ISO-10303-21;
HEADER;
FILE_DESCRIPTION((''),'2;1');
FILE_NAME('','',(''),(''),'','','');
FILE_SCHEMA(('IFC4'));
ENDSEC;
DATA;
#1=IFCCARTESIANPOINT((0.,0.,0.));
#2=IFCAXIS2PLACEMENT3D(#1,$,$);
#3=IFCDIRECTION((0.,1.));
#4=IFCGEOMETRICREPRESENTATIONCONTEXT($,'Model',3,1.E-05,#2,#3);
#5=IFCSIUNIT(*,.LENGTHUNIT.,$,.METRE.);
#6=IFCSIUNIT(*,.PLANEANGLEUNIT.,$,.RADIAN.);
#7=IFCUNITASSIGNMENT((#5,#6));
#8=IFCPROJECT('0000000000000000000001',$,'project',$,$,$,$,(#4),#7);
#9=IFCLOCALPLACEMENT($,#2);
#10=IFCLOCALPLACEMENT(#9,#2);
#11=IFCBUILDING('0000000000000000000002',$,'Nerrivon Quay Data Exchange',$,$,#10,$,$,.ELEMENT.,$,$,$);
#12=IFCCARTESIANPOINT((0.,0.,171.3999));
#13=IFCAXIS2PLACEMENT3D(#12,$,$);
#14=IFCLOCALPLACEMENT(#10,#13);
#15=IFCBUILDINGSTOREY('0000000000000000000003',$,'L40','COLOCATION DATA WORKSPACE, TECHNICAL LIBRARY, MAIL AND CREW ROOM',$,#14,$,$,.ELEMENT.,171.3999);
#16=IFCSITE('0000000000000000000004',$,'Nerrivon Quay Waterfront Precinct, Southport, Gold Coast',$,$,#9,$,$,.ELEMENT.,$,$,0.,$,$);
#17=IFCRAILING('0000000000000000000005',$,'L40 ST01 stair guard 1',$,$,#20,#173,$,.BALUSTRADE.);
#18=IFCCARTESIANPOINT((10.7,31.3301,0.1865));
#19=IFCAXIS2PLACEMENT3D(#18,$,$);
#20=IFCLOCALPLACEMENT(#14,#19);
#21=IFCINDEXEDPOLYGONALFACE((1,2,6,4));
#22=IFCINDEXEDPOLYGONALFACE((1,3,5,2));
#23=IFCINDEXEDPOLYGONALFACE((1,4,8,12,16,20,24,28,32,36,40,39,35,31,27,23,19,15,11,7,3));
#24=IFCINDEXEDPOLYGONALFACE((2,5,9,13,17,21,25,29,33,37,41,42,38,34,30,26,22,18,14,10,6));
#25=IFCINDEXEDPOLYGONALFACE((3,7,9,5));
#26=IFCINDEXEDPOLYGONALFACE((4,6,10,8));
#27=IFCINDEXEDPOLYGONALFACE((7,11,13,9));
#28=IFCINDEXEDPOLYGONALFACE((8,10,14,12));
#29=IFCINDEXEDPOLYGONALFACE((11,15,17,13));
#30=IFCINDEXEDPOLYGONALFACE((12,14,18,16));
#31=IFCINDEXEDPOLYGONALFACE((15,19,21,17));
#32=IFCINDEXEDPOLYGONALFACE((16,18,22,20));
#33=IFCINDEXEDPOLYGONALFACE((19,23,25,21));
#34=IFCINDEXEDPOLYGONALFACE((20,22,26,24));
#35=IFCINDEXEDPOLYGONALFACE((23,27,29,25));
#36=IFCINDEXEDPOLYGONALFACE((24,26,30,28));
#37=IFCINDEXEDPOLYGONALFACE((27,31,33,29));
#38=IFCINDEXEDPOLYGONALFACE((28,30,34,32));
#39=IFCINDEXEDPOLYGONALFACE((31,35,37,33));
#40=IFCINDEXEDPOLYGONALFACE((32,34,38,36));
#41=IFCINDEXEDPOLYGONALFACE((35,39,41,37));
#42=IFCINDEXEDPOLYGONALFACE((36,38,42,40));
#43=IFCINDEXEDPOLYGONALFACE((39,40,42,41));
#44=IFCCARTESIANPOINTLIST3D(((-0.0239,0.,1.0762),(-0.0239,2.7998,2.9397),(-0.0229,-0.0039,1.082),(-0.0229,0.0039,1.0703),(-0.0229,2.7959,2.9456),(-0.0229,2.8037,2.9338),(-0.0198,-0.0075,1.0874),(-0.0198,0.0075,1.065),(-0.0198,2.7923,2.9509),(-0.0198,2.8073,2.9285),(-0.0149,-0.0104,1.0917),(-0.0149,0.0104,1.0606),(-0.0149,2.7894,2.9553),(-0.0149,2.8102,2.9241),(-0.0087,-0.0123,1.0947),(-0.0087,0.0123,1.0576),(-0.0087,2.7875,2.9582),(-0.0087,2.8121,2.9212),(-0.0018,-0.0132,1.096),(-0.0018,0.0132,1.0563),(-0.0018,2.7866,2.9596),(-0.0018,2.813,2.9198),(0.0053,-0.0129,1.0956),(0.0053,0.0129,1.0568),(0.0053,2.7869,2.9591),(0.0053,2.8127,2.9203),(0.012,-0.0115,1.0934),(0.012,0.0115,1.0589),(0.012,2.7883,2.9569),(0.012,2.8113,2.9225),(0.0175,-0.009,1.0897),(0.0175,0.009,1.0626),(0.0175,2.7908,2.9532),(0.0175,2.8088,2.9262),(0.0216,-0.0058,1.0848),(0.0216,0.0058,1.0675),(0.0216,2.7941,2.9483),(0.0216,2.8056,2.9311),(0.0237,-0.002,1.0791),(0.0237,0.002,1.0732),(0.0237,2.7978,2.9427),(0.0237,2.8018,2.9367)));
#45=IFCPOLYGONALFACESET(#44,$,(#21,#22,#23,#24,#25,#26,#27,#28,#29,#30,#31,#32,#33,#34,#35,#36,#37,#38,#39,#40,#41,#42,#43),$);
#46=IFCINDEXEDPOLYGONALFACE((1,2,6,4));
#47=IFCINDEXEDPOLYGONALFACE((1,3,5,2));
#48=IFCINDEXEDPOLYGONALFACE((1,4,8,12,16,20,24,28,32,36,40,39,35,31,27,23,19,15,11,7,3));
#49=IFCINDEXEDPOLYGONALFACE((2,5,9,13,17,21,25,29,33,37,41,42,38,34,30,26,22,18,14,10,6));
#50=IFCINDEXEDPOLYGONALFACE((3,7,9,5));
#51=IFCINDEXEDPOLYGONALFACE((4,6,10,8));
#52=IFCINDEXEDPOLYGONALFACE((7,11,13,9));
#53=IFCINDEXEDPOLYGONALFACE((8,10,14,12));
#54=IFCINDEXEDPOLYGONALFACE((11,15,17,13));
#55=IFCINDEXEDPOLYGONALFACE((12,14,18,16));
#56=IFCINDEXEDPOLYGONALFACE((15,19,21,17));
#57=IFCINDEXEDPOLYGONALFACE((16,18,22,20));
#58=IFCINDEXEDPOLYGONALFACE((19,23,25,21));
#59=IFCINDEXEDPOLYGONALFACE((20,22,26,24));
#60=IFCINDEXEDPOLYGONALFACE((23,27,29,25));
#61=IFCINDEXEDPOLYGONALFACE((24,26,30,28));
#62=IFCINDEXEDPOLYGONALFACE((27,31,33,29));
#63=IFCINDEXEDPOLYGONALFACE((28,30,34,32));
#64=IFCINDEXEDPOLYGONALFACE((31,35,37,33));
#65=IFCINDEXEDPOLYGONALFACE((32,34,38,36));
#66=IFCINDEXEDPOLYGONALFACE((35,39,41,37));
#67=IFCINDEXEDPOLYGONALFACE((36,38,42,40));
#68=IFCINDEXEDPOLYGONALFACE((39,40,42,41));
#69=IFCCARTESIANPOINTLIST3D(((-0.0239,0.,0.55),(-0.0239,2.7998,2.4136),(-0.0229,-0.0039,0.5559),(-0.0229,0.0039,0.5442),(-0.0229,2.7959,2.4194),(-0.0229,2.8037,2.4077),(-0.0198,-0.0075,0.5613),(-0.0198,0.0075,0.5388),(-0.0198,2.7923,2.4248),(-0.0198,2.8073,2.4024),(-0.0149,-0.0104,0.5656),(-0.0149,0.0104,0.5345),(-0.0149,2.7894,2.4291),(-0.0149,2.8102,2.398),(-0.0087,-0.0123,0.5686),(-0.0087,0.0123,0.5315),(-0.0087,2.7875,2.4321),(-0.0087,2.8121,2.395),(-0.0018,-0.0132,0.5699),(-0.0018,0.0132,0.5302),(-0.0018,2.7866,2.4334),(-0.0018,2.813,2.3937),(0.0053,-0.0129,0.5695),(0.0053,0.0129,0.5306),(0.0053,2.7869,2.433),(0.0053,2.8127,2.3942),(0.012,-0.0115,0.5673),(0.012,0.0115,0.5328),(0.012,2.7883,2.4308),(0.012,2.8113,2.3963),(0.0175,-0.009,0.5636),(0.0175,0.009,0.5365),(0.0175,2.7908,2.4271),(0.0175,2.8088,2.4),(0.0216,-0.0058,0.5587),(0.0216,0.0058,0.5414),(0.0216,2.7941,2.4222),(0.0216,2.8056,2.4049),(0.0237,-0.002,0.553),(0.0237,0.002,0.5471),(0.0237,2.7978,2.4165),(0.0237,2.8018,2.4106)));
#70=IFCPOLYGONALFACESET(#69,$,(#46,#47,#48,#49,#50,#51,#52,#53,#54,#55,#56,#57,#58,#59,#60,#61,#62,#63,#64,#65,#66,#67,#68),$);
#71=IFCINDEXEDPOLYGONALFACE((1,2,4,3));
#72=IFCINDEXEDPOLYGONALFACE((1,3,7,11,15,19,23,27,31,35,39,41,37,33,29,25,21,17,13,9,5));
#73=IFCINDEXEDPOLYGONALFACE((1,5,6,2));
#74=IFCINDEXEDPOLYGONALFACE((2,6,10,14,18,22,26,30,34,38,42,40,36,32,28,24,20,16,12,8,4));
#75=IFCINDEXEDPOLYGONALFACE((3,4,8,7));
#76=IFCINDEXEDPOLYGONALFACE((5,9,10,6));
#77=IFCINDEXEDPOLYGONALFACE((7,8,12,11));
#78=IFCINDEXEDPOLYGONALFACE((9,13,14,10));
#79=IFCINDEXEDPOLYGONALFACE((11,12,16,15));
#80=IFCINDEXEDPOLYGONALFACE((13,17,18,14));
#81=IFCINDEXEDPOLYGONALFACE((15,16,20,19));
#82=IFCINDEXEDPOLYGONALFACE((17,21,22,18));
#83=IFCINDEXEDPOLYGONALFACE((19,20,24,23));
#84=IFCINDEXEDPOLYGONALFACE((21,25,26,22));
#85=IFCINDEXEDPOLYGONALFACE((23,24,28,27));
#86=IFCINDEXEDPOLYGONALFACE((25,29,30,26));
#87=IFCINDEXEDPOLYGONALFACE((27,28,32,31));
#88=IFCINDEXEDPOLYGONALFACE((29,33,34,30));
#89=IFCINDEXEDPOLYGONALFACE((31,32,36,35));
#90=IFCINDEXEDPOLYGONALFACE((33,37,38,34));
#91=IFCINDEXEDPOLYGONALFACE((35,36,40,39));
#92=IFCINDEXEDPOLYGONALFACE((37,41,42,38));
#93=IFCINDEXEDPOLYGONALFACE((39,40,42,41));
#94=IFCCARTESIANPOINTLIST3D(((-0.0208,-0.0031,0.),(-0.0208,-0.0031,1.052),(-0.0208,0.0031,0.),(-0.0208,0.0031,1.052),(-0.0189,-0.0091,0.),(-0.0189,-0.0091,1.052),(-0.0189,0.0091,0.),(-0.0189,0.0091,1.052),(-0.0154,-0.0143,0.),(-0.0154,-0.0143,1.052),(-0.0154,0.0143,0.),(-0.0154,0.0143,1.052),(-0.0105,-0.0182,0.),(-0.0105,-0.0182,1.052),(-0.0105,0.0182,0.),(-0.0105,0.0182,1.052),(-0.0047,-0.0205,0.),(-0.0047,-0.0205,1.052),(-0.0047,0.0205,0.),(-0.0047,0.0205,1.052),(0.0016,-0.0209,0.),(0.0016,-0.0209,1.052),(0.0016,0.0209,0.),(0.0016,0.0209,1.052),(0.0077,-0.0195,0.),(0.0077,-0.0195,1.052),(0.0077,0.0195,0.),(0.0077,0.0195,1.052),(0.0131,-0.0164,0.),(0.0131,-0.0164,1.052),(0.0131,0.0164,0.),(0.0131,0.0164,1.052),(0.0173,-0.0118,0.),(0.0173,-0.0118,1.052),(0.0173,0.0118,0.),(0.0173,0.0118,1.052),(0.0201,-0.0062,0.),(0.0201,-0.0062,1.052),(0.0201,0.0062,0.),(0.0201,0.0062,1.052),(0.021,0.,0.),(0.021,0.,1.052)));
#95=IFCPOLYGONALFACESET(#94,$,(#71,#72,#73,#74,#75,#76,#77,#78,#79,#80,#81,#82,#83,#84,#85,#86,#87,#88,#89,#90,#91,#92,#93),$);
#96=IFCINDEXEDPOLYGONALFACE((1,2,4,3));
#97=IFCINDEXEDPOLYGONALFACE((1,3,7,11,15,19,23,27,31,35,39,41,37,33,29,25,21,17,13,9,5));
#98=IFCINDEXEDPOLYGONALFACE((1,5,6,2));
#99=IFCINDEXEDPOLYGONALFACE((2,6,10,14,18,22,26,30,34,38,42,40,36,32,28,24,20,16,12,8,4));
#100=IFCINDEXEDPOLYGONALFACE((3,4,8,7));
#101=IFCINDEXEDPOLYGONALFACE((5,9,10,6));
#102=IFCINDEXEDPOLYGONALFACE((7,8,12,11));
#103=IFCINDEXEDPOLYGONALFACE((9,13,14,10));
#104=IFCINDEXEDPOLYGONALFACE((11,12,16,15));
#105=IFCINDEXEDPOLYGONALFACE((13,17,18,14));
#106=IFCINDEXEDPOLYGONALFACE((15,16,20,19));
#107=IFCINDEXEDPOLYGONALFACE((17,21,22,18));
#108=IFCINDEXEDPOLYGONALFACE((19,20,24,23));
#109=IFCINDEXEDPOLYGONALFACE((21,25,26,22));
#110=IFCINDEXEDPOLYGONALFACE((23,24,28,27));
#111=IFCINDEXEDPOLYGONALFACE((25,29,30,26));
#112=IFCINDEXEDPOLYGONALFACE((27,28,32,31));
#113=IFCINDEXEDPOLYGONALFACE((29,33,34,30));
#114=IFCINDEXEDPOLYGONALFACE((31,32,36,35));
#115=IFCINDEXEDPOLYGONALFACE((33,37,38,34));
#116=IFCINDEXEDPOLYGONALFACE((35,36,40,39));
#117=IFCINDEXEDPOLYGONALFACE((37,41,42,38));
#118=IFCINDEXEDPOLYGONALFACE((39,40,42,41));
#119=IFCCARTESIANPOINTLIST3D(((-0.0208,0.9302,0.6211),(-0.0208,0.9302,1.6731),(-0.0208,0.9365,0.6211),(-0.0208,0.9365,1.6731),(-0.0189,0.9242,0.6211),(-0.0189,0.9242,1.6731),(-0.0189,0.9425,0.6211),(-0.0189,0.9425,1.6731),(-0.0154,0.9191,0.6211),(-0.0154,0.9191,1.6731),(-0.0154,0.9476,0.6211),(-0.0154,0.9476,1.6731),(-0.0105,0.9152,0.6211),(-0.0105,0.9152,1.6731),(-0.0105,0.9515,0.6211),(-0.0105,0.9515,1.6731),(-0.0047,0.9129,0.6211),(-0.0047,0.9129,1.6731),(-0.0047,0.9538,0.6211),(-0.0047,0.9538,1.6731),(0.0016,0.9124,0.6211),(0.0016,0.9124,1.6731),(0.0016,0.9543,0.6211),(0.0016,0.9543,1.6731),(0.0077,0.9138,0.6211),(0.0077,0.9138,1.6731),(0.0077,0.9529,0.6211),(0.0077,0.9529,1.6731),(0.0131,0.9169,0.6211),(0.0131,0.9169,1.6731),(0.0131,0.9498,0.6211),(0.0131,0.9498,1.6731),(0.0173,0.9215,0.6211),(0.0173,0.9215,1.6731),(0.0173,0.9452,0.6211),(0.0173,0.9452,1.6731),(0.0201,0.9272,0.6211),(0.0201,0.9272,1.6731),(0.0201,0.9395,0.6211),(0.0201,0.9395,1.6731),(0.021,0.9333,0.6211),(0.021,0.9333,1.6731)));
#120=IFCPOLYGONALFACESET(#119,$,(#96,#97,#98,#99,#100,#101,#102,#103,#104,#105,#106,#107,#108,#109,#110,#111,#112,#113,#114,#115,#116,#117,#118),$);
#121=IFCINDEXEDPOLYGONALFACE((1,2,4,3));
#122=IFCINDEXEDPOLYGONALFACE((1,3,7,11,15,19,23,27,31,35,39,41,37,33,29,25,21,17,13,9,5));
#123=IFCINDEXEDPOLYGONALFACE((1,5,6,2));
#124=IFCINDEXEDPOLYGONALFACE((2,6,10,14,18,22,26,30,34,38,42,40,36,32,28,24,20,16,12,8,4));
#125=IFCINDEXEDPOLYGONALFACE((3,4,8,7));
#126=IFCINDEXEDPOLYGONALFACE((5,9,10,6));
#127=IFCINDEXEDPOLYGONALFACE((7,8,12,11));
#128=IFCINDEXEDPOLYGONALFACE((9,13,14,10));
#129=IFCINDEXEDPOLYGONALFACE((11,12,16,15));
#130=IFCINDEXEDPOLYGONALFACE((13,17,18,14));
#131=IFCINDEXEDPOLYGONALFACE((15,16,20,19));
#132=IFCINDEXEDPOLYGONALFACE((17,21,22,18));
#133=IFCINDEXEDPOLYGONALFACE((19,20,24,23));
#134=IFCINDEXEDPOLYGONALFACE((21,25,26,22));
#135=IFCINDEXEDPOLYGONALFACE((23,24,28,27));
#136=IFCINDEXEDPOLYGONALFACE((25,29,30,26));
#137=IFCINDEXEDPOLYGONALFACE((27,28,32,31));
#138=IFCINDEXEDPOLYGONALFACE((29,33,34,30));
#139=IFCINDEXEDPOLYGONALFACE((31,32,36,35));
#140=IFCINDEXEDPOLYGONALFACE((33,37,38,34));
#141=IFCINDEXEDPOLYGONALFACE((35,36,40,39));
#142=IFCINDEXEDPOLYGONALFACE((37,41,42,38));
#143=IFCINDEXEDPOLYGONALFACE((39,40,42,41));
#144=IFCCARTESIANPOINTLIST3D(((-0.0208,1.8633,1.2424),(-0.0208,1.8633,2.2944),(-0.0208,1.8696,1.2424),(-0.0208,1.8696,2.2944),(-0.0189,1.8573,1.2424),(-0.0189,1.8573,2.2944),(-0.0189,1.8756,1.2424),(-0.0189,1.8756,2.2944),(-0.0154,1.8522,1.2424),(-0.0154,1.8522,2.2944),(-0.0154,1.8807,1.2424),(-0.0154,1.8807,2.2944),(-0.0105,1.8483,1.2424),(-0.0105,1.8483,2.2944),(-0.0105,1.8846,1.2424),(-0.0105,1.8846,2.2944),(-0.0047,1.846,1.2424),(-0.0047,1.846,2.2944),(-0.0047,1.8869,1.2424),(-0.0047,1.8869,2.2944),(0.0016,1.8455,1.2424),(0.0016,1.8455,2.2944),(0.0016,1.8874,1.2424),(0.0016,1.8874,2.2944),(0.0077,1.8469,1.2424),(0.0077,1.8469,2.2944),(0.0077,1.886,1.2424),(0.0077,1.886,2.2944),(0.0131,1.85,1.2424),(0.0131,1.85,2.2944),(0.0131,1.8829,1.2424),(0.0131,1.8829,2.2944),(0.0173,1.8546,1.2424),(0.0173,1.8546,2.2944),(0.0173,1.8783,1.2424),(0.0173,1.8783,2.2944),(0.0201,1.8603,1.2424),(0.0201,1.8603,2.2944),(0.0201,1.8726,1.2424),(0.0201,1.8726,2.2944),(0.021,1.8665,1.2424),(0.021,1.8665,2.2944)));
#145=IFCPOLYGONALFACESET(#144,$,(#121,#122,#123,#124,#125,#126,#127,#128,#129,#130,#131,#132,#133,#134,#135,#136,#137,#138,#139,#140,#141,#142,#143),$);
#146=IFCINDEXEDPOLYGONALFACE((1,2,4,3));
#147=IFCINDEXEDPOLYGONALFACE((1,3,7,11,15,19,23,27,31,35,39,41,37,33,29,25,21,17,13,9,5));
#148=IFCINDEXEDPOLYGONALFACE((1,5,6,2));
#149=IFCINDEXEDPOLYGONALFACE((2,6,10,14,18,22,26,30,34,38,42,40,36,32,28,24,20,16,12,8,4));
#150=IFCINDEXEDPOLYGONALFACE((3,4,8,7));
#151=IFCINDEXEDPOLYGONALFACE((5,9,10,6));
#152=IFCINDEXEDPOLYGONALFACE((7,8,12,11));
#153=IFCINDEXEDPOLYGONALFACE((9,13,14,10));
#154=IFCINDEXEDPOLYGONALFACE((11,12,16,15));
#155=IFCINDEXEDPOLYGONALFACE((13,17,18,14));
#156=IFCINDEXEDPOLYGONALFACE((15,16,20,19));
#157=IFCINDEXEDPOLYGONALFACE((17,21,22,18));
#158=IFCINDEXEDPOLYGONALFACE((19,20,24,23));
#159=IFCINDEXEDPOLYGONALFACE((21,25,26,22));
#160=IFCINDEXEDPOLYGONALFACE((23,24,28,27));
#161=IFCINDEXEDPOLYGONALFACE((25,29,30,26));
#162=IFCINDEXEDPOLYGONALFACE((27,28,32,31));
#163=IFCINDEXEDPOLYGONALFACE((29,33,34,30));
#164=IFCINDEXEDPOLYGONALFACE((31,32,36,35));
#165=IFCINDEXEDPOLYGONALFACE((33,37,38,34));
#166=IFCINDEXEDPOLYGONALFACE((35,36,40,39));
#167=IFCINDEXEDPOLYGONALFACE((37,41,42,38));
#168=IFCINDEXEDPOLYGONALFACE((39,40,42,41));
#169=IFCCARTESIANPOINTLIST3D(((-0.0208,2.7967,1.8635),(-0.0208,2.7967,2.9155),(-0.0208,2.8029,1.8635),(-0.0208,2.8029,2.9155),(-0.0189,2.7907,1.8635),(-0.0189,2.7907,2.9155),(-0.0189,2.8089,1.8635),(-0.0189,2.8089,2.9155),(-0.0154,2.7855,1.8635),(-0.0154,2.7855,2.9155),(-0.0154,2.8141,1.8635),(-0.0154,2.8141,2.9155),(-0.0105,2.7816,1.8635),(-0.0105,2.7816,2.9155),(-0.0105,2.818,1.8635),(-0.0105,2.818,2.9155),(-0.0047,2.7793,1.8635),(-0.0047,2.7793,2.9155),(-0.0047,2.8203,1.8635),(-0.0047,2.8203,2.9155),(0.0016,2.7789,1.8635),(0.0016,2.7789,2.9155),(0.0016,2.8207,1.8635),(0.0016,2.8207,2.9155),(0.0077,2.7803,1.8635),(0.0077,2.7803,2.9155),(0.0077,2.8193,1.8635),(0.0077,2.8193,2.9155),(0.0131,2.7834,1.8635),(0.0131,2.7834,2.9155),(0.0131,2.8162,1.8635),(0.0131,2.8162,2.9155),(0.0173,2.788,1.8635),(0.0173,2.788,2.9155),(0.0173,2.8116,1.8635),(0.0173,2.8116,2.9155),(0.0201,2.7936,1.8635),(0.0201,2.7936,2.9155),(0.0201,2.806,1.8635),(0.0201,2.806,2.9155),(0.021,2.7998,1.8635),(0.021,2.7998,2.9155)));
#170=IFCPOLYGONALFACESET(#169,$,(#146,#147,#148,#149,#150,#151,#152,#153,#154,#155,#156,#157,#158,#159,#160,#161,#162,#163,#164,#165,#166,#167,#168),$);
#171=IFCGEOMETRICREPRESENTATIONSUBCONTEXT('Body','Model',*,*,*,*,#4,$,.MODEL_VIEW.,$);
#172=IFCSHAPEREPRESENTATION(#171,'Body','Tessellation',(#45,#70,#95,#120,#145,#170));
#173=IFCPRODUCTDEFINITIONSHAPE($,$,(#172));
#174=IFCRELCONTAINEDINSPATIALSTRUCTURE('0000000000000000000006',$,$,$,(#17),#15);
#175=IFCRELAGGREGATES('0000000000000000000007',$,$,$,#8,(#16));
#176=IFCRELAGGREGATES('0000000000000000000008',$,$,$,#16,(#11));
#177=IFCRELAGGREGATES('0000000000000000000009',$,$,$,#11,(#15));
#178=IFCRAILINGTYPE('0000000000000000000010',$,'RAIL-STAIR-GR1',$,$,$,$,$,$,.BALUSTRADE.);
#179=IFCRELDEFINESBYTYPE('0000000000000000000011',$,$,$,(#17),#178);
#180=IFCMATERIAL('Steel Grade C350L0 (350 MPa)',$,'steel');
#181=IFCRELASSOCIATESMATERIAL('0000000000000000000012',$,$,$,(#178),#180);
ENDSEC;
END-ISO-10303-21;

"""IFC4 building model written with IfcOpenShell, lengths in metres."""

from ifc_helpers import new_model, si_unit, direction, frame, origin, origin_2d, place, context, subcontext, project, spatial, circle, extrude, material, type_object, element, save


model = new_model("IFC4")

# Units and contexts
model_context = context("Model", 3, precision=1e-05, world=origin(), true_north=direction((0.0, 1.0)))
body_context = subcontext(model_context, "Body", "Model", "MODEL_VIEW")
ifc_project = project(units=[si_unit("LENGTHUNIT", "METRE"), si_unit("PLANEANGLEUNIT", "RADIAN")], contexts=[model_context])

# Site, building, storey
site_placement = place(None, origin())
site = spatial("IfcSite", under=ifc_project, at=site_placement, Name="Nerrivon Quay Waterfront Precinct, Southport, Gold Coast", CompositionType="ELEMENT", RefElevation=0.0)
building_placement = place(site_placement, origin())
building = spatial("IfcBuilding", under=site, at=building_placement, Name="Nerrivon Quay Data Exchange", CompositionType="ELEMENT")
storey_placement = place(building_placement, frame((0.0, 0.0, 171.3999)))
storey = spatial("IfcBuildingStorey", under=building, at=storey_placement, Name="L40", Description="COLOCATION DATA WORKSPACE, TECHNICAL LIBRARY, MAIL AND CREW ROOM", CompositionType="ELEMENT", Elevation=171.3999)

# Railing
ifc_material_1 = material(Name="Steel Grade C350L0 (350 MPa)", Category="steel")
railing_type_1 = type_object("IfcRailingType", Name="RAIL-STAIR-GR1", PredefinedType="BALUSTRADE", material=ifc_material_1)
railing_1_placement = place(storey_placement, frame((10.7, 31.3301, 0.1865)))
element("IfcRailing", 1, at=railing_1_placement, inside=storey, type_object=railing_type_1, Name="L40 ST01 stair guard 1", PredefinedType="BALUSTRADE", context=body_context, shape_type="SweptSolid", body=[
    extrude(circle(Radius=0.0239, at=origin_2d()), frame((0.0, 0.0, 1.0762), z_axis=(0.0, 0.832463, 0.55408), x_axis=(-1.0, 0.0, 0.0)), (0.0, 0.0, 1.0), 3.3633),
    extrude(circle(Radius=0.0239, at=origin_2d()), frame((0.0, 0.0, 0.55), z_axis=(0.0, 0.832463, 0.55408), x_axis=(-1.0, 0.0, 0.0)), (0.0, 0.0, 1.0), 3.3633),
    extrude(circle(Radius=0.021, at=origin_2d()), origin(), (0.0, 0.0, 1.0), 1.052),
    extrude(circle(Radius=0.021, at=origin_2d()), frame((0.0, 0.9333, 0.6211)), (0.0, 0.0, 1.0), 1.052),
    extrude(circle(Radius=0.021, at=origin_2d()), frame((0.0, 1.8665, 1.2424)), (0.0, 0.0, 1.0), 1.052),
    extrude(circle(Radius=0.021, at=origin_2d()), frame((0.0, 2.7998, 1.8635)), (0.0, 0.0, 1.0), 1.052),
])

save(model, "model.ifc")
